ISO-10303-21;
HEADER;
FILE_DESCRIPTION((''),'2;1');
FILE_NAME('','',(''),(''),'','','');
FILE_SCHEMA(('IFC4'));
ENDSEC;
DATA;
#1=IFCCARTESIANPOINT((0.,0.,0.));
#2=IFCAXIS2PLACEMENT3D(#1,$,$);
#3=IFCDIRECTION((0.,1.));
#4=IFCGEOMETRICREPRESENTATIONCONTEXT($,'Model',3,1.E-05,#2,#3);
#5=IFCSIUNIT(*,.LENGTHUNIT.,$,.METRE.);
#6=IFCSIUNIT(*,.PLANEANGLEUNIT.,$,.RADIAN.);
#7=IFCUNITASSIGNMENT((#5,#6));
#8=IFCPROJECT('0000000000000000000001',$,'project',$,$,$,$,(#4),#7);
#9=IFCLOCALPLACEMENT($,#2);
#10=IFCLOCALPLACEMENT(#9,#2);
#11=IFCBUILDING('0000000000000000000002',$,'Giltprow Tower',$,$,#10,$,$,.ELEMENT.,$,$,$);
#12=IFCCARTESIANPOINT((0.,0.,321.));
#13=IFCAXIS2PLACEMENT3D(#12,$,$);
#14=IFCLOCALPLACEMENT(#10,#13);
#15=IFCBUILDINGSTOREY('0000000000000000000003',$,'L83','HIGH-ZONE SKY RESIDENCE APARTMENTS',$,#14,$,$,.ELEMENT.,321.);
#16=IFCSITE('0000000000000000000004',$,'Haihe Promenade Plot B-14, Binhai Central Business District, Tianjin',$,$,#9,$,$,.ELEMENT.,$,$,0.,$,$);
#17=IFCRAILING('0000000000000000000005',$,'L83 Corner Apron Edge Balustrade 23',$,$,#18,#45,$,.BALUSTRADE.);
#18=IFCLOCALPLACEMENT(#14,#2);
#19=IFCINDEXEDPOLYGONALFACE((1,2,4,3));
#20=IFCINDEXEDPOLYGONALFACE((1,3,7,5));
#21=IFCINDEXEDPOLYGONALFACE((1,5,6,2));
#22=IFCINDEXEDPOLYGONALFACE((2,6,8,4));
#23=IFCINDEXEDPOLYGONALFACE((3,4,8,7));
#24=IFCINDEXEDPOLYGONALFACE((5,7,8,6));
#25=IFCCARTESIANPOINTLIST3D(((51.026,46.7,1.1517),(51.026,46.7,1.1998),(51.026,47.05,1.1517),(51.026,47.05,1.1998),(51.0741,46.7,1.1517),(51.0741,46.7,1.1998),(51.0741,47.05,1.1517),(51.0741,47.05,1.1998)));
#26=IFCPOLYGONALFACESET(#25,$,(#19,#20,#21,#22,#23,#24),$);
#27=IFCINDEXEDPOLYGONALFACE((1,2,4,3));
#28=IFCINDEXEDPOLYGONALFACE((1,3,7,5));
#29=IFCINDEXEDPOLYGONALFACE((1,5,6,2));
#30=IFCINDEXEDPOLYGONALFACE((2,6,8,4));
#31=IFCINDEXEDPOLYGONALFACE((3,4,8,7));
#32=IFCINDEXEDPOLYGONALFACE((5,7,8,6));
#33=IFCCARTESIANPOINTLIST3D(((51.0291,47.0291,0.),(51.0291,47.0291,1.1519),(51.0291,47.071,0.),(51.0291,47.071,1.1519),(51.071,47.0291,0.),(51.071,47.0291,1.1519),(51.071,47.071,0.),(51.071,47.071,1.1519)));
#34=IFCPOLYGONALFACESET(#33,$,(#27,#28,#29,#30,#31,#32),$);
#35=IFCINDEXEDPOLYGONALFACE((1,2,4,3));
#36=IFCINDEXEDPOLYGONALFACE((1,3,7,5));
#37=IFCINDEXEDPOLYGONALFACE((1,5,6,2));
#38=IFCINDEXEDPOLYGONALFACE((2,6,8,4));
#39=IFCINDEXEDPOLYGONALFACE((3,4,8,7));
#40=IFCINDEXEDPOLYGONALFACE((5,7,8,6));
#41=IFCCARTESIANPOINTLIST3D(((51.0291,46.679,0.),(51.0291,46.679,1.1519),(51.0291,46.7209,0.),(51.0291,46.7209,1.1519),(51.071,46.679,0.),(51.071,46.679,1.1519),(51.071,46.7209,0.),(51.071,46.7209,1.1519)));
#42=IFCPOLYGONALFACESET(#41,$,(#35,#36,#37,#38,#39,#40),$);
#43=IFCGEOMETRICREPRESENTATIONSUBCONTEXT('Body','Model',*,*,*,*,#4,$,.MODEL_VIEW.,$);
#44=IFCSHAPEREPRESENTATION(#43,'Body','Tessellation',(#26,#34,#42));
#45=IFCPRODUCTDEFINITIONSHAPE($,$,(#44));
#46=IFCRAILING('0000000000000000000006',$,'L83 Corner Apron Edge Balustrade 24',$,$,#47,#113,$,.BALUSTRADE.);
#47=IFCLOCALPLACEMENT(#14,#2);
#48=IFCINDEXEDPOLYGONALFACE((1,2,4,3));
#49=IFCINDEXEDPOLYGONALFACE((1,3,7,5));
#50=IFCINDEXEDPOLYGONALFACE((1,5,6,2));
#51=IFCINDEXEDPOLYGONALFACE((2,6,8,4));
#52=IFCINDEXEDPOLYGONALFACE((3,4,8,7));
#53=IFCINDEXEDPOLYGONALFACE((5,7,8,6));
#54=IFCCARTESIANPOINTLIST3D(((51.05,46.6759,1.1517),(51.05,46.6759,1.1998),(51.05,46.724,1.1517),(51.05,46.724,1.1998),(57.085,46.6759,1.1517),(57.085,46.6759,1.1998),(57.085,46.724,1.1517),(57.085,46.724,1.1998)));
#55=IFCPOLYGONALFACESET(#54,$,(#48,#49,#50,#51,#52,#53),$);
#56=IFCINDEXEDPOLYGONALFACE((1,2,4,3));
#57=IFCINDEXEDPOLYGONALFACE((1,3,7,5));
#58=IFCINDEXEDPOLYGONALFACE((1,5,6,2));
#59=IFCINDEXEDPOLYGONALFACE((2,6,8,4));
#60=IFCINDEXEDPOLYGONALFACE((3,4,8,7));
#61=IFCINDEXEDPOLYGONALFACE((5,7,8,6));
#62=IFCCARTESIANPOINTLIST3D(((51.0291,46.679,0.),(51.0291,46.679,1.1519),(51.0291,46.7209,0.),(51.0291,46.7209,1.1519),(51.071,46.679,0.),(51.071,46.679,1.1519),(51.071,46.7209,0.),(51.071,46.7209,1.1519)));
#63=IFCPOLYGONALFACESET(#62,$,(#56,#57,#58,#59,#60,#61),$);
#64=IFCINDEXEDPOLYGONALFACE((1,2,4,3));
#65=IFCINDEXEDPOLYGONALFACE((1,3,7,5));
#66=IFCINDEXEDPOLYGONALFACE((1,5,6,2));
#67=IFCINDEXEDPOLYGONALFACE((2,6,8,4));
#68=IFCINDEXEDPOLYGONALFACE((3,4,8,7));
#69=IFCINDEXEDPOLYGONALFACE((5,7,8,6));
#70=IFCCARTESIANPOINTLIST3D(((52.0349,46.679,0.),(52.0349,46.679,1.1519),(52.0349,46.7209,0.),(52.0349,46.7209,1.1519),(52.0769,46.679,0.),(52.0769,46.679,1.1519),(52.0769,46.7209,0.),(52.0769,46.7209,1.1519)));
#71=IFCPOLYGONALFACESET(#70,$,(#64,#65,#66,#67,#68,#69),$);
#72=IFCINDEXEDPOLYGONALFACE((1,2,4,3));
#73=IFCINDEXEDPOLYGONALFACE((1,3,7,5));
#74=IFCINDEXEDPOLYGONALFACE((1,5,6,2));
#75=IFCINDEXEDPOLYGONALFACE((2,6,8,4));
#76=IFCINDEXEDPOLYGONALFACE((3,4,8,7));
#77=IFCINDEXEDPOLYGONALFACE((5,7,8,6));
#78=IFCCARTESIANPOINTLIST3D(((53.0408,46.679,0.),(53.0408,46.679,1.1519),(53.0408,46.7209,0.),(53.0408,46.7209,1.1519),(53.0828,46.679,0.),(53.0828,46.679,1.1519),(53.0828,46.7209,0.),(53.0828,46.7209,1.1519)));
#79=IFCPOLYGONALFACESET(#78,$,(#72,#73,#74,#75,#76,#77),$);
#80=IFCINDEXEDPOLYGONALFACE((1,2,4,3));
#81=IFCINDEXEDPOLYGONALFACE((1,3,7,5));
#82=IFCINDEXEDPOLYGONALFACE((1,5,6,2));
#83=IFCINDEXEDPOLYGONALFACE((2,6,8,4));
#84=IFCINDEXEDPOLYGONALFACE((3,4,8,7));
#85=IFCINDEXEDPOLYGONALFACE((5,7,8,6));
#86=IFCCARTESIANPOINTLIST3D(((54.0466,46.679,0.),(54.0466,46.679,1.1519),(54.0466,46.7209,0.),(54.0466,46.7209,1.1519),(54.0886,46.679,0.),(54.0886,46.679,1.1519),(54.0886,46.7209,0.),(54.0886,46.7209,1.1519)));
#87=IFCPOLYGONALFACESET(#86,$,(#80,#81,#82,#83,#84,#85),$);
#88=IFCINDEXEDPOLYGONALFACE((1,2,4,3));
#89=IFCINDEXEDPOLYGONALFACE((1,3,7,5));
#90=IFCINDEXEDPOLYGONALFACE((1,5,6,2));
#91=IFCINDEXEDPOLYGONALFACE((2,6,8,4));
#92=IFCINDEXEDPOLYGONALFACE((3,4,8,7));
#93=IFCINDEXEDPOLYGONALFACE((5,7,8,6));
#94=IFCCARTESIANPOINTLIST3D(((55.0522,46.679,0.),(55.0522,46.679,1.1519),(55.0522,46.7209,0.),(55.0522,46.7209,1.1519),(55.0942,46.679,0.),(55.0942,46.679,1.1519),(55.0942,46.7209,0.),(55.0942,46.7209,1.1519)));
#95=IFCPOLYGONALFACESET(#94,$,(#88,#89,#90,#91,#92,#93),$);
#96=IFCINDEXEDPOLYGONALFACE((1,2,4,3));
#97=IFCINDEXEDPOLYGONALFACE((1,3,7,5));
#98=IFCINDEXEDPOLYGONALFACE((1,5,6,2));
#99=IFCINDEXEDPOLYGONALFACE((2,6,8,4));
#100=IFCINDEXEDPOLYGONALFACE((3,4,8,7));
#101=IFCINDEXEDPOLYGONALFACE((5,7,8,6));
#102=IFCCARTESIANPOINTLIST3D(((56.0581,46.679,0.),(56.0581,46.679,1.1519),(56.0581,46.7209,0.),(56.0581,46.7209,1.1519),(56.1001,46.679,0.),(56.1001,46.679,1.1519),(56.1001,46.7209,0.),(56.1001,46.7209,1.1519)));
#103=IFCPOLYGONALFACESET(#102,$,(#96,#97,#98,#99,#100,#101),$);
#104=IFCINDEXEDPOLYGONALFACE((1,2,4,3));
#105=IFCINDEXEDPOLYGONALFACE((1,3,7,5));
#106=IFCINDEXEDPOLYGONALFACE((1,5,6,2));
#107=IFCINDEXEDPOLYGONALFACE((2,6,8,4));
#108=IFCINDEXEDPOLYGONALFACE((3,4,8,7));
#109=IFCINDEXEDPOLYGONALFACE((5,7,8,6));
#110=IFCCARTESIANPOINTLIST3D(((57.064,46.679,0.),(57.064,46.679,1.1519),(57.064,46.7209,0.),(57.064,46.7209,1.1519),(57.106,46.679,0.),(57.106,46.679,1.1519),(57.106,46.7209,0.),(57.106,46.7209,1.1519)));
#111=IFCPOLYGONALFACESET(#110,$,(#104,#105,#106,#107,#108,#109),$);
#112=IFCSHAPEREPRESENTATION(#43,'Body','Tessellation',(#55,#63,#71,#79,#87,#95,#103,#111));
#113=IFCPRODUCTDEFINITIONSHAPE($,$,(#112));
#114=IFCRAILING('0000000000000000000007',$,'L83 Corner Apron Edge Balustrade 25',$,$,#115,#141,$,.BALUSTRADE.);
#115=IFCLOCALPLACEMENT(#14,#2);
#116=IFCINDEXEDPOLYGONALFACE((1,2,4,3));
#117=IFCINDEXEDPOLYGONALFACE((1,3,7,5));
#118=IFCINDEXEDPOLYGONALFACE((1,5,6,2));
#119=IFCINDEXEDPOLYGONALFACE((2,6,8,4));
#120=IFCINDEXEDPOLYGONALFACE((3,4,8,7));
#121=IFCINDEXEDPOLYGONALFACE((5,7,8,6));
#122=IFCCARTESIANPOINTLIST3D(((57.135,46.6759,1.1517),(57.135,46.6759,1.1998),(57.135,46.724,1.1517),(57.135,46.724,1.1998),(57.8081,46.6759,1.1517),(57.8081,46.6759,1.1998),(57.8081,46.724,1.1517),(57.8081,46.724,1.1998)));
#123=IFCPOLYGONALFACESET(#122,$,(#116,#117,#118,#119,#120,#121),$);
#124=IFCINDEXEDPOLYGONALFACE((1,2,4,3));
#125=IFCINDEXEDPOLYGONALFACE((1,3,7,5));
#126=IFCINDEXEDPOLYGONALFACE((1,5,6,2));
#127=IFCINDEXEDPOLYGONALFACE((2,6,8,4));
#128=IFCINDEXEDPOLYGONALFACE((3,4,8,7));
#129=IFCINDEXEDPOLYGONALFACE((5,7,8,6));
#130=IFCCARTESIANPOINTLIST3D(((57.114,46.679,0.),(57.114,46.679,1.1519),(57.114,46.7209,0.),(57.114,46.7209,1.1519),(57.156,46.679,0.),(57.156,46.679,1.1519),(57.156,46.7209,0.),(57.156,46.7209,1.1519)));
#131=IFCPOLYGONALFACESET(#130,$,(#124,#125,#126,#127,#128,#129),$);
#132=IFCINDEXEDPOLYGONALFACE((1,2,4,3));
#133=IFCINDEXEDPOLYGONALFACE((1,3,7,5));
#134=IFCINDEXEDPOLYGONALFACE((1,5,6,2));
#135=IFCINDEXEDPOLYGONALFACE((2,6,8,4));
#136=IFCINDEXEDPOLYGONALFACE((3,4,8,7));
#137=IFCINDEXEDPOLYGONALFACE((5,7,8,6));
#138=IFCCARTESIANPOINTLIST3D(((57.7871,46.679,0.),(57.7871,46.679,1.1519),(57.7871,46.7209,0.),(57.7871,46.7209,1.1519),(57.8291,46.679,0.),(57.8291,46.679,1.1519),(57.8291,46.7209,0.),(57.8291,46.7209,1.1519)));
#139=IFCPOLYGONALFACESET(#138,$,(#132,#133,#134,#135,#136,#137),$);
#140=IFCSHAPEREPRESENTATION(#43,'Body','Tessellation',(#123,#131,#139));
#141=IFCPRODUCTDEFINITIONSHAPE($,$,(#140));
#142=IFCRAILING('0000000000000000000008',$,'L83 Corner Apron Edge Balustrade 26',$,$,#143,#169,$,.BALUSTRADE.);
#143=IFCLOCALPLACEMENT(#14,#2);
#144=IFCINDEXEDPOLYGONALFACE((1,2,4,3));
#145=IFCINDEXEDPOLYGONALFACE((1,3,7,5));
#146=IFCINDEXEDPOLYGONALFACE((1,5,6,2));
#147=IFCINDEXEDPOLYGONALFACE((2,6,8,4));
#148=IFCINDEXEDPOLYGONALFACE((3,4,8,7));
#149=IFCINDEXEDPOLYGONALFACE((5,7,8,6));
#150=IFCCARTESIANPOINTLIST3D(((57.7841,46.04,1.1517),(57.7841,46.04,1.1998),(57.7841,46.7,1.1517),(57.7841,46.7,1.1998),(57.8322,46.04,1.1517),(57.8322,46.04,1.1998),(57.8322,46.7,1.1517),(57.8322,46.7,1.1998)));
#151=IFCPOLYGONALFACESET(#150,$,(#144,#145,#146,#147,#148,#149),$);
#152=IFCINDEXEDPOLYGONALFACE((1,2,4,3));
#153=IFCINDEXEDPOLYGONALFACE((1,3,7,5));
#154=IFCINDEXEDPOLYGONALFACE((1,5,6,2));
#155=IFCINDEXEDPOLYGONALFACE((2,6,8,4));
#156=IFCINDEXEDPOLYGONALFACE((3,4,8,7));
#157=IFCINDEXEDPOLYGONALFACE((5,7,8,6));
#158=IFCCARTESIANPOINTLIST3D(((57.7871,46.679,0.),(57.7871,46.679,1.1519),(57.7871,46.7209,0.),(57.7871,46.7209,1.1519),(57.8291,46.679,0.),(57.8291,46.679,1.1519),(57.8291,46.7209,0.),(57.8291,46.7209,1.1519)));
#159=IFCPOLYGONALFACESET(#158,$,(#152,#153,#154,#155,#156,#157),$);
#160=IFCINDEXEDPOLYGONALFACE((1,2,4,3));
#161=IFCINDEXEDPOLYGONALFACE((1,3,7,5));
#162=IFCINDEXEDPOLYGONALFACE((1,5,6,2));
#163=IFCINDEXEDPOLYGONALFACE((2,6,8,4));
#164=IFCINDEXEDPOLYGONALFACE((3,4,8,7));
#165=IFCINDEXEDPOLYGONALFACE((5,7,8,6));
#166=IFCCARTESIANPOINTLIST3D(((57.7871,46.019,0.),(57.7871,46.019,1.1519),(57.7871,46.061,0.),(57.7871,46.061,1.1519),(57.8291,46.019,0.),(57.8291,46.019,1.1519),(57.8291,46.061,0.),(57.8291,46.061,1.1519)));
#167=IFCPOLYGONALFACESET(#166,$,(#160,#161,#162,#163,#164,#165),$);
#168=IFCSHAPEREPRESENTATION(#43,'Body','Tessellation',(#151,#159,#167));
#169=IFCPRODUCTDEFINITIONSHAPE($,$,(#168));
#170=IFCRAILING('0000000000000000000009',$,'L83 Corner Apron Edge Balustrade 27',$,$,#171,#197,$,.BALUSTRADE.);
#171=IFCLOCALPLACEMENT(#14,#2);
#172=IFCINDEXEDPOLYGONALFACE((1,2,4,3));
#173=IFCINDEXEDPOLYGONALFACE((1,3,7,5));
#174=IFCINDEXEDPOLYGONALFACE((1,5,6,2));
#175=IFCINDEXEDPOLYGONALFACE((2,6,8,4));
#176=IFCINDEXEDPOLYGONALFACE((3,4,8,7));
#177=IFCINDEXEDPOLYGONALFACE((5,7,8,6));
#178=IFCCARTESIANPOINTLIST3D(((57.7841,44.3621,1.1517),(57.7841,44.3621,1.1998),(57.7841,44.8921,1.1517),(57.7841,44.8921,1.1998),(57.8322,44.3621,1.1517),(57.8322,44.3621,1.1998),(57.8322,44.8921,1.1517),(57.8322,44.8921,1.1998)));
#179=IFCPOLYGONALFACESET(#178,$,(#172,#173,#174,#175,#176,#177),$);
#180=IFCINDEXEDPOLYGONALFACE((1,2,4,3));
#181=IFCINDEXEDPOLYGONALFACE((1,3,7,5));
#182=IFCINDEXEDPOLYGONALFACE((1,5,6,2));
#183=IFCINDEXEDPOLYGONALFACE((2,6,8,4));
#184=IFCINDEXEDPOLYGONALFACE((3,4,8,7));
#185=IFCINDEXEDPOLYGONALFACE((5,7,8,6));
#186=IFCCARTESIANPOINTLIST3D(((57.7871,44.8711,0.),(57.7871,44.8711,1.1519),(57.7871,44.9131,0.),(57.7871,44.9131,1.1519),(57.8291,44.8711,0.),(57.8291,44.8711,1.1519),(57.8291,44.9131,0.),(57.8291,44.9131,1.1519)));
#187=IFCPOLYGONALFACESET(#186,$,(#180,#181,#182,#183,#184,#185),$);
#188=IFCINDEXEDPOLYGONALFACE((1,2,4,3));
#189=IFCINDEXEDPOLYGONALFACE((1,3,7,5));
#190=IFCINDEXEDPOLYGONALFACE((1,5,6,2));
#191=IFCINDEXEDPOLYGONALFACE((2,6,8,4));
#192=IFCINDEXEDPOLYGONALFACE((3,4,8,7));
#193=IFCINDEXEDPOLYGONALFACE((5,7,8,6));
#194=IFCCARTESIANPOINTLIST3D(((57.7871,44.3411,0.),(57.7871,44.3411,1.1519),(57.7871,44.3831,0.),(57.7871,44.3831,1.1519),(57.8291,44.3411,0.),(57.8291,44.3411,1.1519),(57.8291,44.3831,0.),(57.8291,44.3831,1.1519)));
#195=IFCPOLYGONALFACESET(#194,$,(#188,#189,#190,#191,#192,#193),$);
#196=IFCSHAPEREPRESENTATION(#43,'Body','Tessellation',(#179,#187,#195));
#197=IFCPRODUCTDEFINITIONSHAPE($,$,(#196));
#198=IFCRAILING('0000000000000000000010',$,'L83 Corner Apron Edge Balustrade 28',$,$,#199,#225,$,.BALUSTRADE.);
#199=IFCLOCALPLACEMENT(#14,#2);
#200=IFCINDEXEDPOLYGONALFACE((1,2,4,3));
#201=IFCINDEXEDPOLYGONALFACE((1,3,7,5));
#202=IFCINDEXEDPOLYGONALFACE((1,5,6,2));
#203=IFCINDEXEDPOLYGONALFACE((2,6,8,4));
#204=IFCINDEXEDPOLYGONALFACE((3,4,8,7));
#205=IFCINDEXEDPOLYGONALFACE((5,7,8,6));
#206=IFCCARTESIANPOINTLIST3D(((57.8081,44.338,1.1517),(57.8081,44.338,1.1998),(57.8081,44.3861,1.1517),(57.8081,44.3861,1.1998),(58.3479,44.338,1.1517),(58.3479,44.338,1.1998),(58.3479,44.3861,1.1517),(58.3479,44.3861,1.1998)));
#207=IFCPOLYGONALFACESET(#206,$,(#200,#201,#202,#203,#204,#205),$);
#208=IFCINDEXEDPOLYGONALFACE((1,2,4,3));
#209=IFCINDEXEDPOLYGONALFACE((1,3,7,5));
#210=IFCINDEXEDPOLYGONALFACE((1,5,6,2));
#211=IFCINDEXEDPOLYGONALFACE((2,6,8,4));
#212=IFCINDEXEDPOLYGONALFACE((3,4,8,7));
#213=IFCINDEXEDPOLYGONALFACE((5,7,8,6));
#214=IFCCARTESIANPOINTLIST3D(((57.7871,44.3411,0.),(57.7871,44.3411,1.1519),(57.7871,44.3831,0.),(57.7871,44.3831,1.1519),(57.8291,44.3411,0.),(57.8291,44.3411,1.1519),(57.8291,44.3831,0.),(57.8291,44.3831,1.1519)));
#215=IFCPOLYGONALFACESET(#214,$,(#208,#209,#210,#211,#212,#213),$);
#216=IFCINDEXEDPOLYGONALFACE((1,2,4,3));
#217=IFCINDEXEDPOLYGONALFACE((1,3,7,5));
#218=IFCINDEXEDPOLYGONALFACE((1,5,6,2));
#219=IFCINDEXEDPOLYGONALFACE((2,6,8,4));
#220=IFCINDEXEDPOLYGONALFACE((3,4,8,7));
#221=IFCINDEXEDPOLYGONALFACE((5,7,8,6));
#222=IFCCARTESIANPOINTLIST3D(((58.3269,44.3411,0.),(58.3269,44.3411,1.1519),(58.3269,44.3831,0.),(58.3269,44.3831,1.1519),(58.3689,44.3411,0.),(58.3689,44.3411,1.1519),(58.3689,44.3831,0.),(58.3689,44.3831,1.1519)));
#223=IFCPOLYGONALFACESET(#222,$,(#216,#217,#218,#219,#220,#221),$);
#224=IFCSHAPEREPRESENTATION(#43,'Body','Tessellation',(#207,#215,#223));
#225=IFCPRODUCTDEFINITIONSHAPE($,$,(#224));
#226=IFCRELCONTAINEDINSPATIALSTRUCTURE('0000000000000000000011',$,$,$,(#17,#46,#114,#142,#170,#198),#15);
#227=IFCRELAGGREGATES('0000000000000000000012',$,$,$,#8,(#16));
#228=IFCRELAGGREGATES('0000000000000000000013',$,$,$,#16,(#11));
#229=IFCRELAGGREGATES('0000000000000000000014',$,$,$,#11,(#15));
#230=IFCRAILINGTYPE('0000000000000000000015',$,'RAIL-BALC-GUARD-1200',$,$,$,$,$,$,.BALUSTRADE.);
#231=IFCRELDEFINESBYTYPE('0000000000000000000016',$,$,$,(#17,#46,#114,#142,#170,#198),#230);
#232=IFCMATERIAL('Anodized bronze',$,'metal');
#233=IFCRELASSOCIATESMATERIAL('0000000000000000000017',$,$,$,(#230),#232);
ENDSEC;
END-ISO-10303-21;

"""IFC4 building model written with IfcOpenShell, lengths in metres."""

from ifc_helpers import new_model, si_unit, direction, frame, origin, origin_2d, place, context, subcontext, project, spatial, rectangle, extrude, material, type_object, element, save


model = new_model("IFC4")

# Units and contexts
model_context = context("Model", 3, precision=1e-05, world=origin(), true_north=direction((0.0, 1.0)))
body_context = subcontext(model_context, "Body", "Model", "MODEL_VIEW")
ifc_project = project(units=[si_unit("LENGTHUNIT", "METRE"), si_unit("PLANEANGLEUNIT", "RADIAN")], contexts=[model_context])

# Site, building, storey
site_placement = place(None, origin())
site = spatial("IfcSite", under=ifc_project, at=site_placement, Name="Haihe Promenade Plot B-14, Binhai Central Business District, Tianjin", CompositionType="ELEMENT", RefElevation=0.0)
building_placement = place(site_placement, origin())
building = spatial("IfcBuilding", under=site, at=building_placement, Name="Giltprow Tower", CompositionType="ELEMENT")
storey_placement = place(building_placement, frame((0.0, 0.0, 321.0)))
storey = spatial("IfcBuildingStorey", under=building, at=storey_placement, Name="L83", Description="HIGH-ZONE SKY RESIDENCE APARTMENTS", CompositionType="ELEMENT", Elevation=321.0)

# Railings
ifc_material_1 = material(Name="Anodized bronze", Category="metal")
railing_type = type_object("IfcRailingType", Name="RAIL-BALC-GUARD-1200", PredefinedType="BALUSTRADE", material=ifc_material_1)
railing_1_placement = place(storey_placement, frame((51.05, 47.05, 0.0)))
element("IfcRailing", 1, at=railing_1_placement, inside=storey, type_object=railing_type, Name="L83 Corner Apron Edge Balustrade 23", PredefinedType="BALUSTRADE", context=body_context, shape_type="SweptSolid", body=[
    extrude(rectangle(XDim=0.0481, YDim=0.0481, at=origin_2d()), frame((0.0, 0.0, 1.1758), z_axis=(0.0, -1.0, 0.0), x_axis=(1.0, 0.0, 0.0)), (0.0, 0.0, 1.0), 0.3501),
    extrude(rectangle(XDim=0.042, YDim=0.042, at=origin_2d()), origin(), (0.0, 0.0, 1.0), 1.1519),
    extrude(rectangle(XDim=0.042, YDim=0.042, at=origin_2d()), frame((0.0, -0.3501, 0.0)), (0.0, 0.0, 1.0), 1.1519),
])
railing_2_placement = place(storey_placement, frame((51.05, 46.7, 0.0)))
element("IfcRailing", 2, at=railing_2_placement, inside=storey, type_object=railing_type, Name="L83 Corner Apron Edge Balustrade 24", PredefinedType="BALUSTRADE", context=body_context, shape_type="SweptSolid", body=[
    extrude(rectangle(XDim=0.0481, YDim=0.0481, at=origin_2d()), frame((0.0, 0.0, 1.1758), z_axis=(1.0, 0.0, 0.0), x_axis=(0.0, 1.0, 0.0)), (0.0, 0.0, 1.0), 6.0349),
    extrude(rectangle(XDim=0.042, YDim=0.042, at=origin_2d()), origin(), (0.0, 0.0, 1.0), 1.1519),
    extrude(rectangle(XDim=0.042, YDim=0.042, at=origin_2d()), frame((1.0059, 0.0, 0.0)), (0.0, 0.0, 1.0), 1.1519),
    extrude(rectangle(XDim=0.042, YDim=0.042, at=origin_2d()), frame((2.0117, 0.0, 0.0)), (0.0, 0.0, 1.0), 1.1519),
    extrude(rectangle(XDim=0.042, YDim=0.042, at=origin_2d()), frame((3.0176, 0.0, 0.0)), (0.0, 0.0, 1.0), 1.1519),
    extrude(rectangle(XDim=0.042, YDim=0.042, at=origin_2d()), frame((4.0232, 0.0, 0.0)), (0.0, 0.0, 1.0), 1.1519),
    extrude(rectangle(XDim=0.042, YDim=0.042, at=origin_2d()), frame((5.0291, 0.0, 0.0)), (0.0, 0.0, 1.0), 1.1519),
    extrude(rectangle(XDim=0.042, YDim=0.042, at=origin_2d()), frame((6.0349, 0.0, 0.0)), (0.0, 0.0, 1.0), 1.1519),
])
railing_3_placement = place(storey_placement, frame((57.135, 46.7, 0.0)))
element("IfcRailing", 3, at=railing_3_placement, inside=storey, type_object=railing_type, Name="L83 Corner Apron Edge Balustrade 25", PredefinedType="BALUSTRADE", context=body_context, shape_type="SweptSolid", body=[
    extrude(rectangle(XDim=0.0481, YDim=0.0481, at=origin_2d()), frame((0.0, 0.0, 1.1758), z_axis=(1.0, 0.0, 0.0), x_axis=(0.0, 1.0, 0.0)), (0.0, 0.0, 1.0), 0.6731),
    extrude(rectangle(XDim=0.042, YDim=0.042, at=origin_2d()), origin(), (0.0, 0.0, 1.0), 1.1519),
    extrude(rectangle(XDim=0.042, YDim=0.042, at=origin_2d()), frame((0.6731, 0.0, 0.0)), (0.0, 0.0, 1.0), 1.1519),
])
railing_4_placement = place(storey_placement, frame((57.8081, 46.7, 0.0)))
element("IfcRailing", 4, at=railing_4_placement, inside=storey, type_object=railing_type, Name="L83 Corner Apron Edge Balustrade 26", PredefinedType="BALUSTRADE", context=body_context, shape_type="SweptSolid", body=[
    extrude(rectangle(XDim=0.0481, YDim=0.0481, at=origin_2d()), frame((0.0, 0.0, 1.1758), z_axis=(0.0, -1.0, 0.0), x_axis=(1.0, 0.0, 0.0)), (0.0, 0.0, 1.0), 0.6599),
    extrude(rectangle(XDim=0.042, YDim=0.042, at=origin_2d()), origin(), (0.0, 0.0, 1.0), 1.1519),
    extrude(rectangle(XDim=0.042, YDim=0.042, at=origin_2d()), frame((0.0, -0.6599, 0.0)), (0.0, 0.0, 1.0), 1.1519),
])
railing_5_placement = place(storey_placement, frame((57.8081, 44.8921, 0.0)))
element("IfcRailing", 5, at=railing_5_placement, inside=storey, type_object=railing_type, Name="L83 Corner Apron Edge Balustrade 27", PredefinedType="BALUSTRADE", context=body_context, shape_type="SweptSolid", body=[
    extrude(rectangle(XDim=0.0481, YDim=0.0481, at=origin_2d()), frame((0.0, 0.0, 1.1758), z_axis=(0.0, -1.0, 0.0), x_axis=(1.0, 0.0, 0.0)), (0.0, 0.0, 1.0), 0.53),
    extrude(rectangle(XDim=0.042, YDim=0.042, at=origin_2d()), origin(), (0.0, 0.0, 1.0), 1.1519),
    extrude(rectangle(XDim=0.042, YDim=0.042, at=origin_2d()), frame((0.0, -0.53, 0.0)), (0.0, 0.0, 1.0), 1.1519),
])
railing_6_placement = place(storey_placement, frame((57.8081, 44.3621, 0.0)))
element("IfcRailing", 6, at=railing_6_placement, inside=storey, type_object=railing_type, Name="L83 Corner Apron Edge Balustrade 28", PredefinedType="BALUSTRADE", context=body_context, shape_type="SweptSolid", body=[
    extrude(rectangle(XDim=0.0481, YDim=0.0481, at=origin_2d()), frame((0.0, 0.0, 1.1758), z_axis=(1.0, 0.0, 0.0), x_axis=(0.0, 1.0, 0.0)), (0.0, 0.0, 1.0), 0.5398),
    extrude(rectangle(XDim=0.042, YDim=0.042, at=origin_2d()), origin(), (0.0, 0.0, 1.0), 1.1519),
    extrude(rectangle(XDim=0.042, YDim=0.042, at=origin_2d()), frame((0.5398, 0.0, 0.0)), (0.0, 0.0, 1.0), 1.1519),
])

save(model, "model.ifc")
